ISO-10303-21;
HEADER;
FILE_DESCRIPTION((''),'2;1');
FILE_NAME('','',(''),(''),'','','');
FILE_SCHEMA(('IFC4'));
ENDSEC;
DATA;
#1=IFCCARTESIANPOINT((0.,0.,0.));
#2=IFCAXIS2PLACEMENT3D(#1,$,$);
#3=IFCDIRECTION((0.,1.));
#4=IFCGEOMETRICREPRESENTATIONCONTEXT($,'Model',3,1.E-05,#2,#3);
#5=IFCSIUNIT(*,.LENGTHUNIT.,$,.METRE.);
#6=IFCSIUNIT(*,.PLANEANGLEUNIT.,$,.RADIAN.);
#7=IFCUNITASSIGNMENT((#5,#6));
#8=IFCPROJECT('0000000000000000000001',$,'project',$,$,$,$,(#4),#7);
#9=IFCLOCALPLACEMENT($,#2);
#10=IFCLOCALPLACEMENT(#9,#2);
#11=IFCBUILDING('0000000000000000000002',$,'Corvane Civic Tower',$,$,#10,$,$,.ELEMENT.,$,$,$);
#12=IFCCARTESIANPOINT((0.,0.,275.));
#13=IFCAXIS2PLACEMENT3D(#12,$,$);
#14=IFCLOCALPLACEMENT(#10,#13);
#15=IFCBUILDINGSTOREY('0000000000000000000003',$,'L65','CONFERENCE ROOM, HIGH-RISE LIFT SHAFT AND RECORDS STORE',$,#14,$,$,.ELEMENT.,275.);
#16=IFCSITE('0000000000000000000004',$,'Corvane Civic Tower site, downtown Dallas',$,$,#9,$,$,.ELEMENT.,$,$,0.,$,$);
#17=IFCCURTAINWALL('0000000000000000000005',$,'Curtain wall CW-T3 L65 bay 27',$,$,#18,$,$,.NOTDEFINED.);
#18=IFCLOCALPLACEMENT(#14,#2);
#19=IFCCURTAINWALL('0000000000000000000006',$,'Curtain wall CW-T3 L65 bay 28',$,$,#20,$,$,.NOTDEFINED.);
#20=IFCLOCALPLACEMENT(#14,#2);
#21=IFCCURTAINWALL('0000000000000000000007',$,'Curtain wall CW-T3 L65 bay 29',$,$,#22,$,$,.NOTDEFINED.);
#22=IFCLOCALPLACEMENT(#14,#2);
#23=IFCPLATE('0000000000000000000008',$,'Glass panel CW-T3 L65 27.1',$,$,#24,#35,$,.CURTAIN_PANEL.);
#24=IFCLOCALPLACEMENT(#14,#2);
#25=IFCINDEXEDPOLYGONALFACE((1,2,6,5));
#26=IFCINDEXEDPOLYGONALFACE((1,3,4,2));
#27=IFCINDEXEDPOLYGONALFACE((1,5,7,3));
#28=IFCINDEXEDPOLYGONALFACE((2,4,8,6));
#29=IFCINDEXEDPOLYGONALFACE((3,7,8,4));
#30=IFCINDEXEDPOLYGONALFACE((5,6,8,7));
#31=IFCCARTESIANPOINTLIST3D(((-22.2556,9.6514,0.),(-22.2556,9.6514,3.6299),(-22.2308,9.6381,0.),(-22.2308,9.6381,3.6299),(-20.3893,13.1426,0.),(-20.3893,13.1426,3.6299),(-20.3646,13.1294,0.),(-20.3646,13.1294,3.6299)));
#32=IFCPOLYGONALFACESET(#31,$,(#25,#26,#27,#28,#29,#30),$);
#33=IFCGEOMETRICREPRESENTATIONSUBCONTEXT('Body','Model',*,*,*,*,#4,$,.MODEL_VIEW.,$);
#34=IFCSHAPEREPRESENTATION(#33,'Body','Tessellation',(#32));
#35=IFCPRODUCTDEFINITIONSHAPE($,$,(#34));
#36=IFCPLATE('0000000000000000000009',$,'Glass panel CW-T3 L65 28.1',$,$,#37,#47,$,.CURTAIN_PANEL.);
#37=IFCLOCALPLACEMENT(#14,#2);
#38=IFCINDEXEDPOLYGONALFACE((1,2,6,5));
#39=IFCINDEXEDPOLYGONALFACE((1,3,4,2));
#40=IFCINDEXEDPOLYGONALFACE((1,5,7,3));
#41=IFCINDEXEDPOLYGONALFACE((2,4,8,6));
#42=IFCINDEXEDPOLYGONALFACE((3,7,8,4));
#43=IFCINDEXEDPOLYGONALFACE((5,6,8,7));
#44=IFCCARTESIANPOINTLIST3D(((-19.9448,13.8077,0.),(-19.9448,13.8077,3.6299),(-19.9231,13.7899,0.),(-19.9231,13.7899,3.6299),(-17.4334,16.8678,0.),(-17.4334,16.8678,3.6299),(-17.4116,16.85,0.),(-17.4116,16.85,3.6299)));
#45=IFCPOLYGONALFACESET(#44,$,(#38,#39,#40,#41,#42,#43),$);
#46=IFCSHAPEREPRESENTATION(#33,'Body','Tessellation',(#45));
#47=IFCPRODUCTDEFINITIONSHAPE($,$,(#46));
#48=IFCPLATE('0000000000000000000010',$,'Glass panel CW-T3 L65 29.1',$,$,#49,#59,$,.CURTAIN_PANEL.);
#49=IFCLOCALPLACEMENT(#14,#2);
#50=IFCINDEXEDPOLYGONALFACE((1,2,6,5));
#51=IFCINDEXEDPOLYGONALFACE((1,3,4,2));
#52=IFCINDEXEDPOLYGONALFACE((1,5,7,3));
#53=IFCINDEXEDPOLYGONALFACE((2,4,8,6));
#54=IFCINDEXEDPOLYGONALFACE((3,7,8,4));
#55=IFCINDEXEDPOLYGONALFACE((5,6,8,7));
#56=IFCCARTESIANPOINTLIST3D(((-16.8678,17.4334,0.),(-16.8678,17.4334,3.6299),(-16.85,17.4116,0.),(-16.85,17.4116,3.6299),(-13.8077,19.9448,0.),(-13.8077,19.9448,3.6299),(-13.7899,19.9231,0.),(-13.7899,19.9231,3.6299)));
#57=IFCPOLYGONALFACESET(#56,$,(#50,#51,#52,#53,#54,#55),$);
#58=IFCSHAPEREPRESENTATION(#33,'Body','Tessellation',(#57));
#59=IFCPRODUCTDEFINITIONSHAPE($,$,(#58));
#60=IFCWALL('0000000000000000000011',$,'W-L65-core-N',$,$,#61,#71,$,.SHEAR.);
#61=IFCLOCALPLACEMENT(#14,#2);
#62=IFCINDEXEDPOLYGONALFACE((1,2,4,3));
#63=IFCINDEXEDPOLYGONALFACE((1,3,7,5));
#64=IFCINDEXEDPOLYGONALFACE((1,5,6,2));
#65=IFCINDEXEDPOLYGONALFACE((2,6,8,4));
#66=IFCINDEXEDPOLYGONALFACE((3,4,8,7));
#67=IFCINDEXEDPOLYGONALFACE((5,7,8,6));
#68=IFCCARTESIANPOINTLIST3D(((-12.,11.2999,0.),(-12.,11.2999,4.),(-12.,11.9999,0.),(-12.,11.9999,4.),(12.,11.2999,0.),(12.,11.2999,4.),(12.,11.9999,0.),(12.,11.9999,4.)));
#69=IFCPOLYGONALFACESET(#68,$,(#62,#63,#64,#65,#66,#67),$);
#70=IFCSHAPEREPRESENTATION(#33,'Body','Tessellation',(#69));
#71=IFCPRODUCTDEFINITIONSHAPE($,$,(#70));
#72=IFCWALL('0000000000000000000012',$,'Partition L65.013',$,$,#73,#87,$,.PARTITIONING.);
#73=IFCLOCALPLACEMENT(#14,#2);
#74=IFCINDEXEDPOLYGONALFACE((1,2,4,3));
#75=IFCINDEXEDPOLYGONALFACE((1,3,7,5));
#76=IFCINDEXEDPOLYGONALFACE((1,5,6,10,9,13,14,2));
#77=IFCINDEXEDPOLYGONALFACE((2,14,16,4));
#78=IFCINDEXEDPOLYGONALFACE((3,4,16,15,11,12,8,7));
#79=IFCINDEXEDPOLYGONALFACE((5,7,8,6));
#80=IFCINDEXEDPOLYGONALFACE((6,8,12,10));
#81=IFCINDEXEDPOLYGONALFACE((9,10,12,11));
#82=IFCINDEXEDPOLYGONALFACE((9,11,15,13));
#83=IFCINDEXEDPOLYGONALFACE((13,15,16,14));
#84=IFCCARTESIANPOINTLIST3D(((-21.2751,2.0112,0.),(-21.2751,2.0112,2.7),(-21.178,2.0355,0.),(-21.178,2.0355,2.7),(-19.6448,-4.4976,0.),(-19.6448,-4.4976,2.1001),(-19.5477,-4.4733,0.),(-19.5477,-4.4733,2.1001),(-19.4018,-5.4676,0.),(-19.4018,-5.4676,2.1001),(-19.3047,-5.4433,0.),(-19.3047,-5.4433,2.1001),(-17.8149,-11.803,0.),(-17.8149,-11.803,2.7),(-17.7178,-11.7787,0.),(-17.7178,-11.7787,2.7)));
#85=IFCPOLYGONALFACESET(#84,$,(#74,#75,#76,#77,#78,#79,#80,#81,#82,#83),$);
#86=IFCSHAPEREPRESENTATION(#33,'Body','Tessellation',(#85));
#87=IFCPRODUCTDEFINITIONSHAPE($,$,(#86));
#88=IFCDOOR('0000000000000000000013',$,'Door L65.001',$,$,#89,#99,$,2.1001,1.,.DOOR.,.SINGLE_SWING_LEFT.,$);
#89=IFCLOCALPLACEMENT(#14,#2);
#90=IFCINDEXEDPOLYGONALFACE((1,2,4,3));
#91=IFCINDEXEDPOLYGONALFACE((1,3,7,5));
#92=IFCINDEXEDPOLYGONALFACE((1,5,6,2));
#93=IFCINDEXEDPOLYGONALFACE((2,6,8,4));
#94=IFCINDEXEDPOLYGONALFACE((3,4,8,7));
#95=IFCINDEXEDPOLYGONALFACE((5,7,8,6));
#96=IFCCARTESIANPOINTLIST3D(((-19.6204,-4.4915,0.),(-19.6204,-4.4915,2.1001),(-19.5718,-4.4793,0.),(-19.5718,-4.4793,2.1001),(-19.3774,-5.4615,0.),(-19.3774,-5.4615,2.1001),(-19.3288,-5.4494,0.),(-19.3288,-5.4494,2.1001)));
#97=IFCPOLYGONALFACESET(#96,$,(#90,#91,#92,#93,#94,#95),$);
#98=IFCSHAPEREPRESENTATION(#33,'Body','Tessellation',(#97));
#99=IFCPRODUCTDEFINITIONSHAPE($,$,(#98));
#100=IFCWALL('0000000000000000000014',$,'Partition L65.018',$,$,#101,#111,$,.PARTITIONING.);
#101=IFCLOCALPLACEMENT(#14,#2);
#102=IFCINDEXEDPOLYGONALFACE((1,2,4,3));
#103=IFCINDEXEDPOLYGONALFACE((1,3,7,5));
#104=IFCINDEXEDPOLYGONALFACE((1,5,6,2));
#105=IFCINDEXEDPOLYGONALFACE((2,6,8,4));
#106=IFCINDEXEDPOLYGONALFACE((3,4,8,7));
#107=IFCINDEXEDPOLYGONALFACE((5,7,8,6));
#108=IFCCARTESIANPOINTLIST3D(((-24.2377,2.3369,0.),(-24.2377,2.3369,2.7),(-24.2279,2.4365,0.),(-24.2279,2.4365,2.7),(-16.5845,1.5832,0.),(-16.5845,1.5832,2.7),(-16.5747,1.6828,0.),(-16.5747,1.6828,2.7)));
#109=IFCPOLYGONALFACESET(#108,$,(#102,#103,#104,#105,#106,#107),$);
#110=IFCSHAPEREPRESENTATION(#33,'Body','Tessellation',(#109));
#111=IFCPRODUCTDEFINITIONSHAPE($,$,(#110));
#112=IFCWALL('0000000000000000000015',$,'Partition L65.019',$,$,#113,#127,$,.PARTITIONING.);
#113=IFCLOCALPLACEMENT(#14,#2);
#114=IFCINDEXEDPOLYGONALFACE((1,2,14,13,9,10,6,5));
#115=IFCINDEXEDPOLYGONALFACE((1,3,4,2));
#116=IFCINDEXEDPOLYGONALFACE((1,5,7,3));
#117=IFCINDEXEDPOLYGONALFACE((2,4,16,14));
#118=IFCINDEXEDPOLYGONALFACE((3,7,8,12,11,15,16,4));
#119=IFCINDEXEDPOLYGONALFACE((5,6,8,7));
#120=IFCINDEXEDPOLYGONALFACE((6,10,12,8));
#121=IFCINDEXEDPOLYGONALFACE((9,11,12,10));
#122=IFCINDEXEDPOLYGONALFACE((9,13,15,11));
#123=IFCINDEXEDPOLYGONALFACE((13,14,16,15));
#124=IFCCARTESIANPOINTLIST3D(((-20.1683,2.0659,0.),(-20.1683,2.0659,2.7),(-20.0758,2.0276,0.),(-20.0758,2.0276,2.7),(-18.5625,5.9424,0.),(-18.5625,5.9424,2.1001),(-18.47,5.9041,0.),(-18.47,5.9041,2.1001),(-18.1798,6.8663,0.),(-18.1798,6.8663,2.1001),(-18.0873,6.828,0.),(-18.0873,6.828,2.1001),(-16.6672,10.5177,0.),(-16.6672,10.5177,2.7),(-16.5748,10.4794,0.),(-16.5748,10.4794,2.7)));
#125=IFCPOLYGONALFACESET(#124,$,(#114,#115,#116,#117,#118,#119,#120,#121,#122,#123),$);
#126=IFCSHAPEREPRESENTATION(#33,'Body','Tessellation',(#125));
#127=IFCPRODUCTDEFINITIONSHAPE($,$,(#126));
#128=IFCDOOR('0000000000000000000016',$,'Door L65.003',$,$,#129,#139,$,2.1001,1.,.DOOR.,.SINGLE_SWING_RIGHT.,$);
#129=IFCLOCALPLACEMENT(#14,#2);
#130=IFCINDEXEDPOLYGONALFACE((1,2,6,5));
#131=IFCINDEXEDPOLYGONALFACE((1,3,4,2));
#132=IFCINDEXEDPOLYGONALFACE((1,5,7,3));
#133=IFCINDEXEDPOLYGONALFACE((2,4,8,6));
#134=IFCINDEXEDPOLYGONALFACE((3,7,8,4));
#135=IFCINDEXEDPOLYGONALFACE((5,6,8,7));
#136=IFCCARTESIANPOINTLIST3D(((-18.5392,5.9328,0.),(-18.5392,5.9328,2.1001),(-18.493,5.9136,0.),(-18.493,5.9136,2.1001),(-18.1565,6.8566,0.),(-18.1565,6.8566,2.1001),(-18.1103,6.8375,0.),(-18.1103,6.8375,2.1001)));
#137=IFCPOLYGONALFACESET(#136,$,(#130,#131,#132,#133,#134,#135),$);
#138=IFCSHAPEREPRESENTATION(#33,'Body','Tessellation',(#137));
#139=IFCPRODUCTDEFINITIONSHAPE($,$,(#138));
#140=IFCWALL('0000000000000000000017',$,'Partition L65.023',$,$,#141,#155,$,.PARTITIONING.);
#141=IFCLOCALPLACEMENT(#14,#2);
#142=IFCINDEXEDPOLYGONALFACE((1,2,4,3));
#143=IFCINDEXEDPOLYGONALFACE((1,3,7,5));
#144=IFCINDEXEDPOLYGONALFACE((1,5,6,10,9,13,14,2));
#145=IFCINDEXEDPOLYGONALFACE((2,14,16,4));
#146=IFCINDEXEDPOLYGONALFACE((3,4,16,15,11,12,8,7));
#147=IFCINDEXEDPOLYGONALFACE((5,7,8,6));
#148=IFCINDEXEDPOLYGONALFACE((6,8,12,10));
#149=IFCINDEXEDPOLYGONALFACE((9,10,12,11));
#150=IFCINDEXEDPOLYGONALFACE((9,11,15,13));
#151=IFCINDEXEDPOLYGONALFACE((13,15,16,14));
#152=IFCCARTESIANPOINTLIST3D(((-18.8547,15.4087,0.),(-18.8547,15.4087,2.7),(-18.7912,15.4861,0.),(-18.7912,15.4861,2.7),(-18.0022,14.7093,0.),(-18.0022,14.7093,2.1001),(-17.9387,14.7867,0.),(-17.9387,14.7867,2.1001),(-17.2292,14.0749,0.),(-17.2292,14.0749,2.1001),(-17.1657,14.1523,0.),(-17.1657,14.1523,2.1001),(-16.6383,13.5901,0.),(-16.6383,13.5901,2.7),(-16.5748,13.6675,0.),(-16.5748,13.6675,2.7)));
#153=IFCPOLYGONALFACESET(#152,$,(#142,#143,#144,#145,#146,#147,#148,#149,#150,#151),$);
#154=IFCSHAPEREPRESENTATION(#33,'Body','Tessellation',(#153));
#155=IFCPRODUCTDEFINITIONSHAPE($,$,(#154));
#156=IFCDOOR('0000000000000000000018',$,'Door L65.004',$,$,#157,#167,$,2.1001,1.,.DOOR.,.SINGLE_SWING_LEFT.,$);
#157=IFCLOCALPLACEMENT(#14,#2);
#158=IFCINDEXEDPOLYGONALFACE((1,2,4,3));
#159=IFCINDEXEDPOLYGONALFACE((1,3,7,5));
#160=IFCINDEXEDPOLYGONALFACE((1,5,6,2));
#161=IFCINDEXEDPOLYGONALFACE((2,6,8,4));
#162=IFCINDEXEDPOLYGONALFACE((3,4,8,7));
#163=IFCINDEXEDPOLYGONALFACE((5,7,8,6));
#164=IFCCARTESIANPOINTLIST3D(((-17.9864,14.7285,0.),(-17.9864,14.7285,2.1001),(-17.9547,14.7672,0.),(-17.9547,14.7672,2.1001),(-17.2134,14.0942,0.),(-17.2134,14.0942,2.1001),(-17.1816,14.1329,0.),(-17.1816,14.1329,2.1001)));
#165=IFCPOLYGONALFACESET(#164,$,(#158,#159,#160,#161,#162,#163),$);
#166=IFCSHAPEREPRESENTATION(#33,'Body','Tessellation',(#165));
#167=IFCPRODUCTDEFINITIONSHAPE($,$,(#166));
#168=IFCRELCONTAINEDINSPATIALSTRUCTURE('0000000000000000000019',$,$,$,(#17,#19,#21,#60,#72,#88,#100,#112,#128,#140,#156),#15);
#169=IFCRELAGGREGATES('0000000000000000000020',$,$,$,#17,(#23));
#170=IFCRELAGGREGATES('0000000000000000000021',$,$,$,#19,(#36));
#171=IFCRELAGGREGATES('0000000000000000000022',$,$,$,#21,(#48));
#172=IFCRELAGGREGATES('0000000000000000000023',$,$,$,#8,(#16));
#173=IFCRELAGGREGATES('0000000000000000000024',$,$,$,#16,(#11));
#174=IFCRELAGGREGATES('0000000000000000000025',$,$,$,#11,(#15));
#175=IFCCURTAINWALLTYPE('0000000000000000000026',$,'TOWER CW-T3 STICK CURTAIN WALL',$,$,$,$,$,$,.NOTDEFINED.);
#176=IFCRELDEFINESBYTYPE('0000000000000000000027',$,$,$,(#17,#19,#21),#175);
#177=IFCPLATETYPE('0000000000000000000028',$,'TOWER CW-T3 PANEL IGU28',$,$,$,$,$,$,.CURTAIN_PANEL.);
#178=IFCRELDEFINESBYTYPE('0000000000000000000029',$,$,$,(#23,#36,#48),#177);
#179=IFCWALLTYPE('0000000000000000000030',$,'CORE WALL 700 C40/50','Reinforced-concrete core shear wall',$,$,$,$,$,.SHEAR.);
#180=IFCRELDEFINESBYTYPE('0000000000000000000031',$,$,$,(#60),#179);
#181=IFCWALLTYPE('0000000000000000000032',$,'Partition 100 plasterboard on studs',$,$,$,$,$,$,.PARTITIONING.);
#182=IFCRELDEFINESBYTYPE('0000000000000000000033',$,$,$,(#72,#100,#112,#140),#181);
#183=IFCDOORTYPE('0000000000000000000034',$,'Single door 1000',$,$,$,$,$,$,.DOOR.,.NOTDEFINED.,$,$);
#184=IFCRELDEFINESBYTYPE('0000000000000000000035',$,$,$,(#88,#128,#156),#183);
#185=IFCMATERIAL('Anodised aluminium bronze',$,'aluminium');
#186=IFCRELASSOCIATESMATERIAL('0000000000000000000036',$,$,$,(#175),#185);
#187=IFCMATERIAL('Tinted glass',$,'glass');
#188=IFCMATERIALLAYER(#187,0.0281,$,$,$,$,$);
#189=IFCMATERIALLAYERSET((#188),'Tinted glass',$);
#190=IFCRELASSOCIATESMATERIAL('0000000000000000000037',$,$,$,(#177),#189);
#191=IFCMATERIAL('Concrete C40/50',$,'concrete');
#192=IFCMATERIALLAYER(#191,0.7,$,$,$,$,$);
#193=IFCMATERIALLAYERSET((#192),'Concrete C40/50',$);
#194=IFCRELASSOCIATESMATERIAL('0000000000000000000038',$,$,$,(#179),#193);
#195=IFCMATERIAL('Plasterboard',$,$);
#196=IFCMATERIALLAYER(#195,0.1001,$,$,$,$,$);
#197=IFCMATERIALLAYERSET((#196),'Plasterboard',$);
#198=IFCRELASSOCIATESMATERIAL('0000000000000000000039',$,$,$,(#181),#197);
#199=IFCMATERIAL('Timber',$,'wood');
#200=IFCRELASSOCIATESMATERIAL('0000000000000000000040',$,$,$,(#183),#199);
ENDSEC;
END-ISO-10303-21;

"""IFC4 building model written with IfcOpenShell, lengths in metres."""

from ifc_helpers import new_model, si_unit, direction, frame, frame_2d, origin, origin_2d, place, context, subcontext, project, spatial, rectangle, extrude, material, layer, layer_set, type_object, element, fill, aggregate, save


model = new_model("IFC4")

# Units and contexts
model_context = context("Model", 3, precision=1e-05, world=origin(), true_north=direction((0.0, 1.0)))
body_context = subcontext(model_context, "Body", "Model", "MODEL_VIEW")
ifc_project = project(units=[si_unit("LENGTHUNIT", "METRE"), si_unit("PLANEANGLEUNIT", "RADIAN")], contexts=[model_context])

# Site, building, storey
site_placement = place(None, origin())
site = spatial("IfcSite", under=ifc_project, at=site_placement, Name="Corvane Civic Tower site, downtown Dallas", CompositionType="ELEMENT", RefElevation=0.0)
building_placement = place(site_placement, origin())
building = spatial("IfcBuilding", under=site, at=building_placement, Name="Corvane Civic Tower", CompositionType="ELEMENT")
storey_placement = place(building_placement, frame((0.0, 0.0, 275.0)))
storey = spatial("IfcBuildingStorey", under=building, at=storey_placement, Name="L65", Description="CONFERENCE ROOM, HIGH-RISE LIFT SHAFT AND RECORDS STORE", CompositionType="ELEMENT", Elevation=275.0)

# Curtain walls
ifc_material_1 = material(Name="Anodised aluminium bronze", Category="aluminium")
curtain_wall_type = type_object("IfcCurtainWallType", Name="TOWER CW-T3 STICK CURTAIN WALL", PredefinedType="NOTDEFINED", material=ifc_material_1)
curtain_wall_1_placement = place(storey_placement, origin())
curtain_wall_1 = element("IfcCurtainWall", 1, at=curtain_wall_1_placement, inside=storey, type_object=curtain_wall_type, Name="Curtain wall CW-T3 L65 bay 27", PredefinedType="NOTDEFINED")
curtain_wall_2_placement = place(storey_placement, origin())
curtain_wall_2 = element("IfcCurtainWall", 2, at=curtain_wall_2_placement, inside=storey, type_object=curtain_wall_type, Name="Curtain wall CW-T3 L65 bay 28", PredefinedType="NOTDEFINED")
curtain_wall_3_placement = place(storey_placement, origin())
curtain_wall_3 = element("IfcCurtainWall", 3, at=curtain_wall_3_placement, inside=storey, type_object=curtain_wall_type, Name="Curtain wall CW-T3 L65 bay 29", PredefinedType="NOTDEFINED")

# Plates
ifc_material_2 = material(Name="Tinted glass", Category="glass")
ifc_layer_1 = layer(ifc_material_2, 0.0281)
ifc_layer_set_1 = layer_set([ifc_layer_1], Name="Tinted glass")
plate_type = type_object("IfcPlateType", Name="TOWER CW-T3 PANEL IGU28", PredefinedType="CURTAIN_PANEL", material=ifc_layer_set_1)
plate_1_placement = place(storey_placement, frame((-21.3101, 11.3904, 0.0), z_axis=(0.0, 0.0, 1.0), x_axis=(0.471421, 0.881908, 0.0)))
plate_1 = element("IfcPlate", 4, at=plate_1_placement, type_object=plate_type, Name="Glass panel CW-T3 L65 27.1", PredefinedType="CURTAIN_PANEL", context=body_context, shape_type="SweptSolid", body=[
    extrude(rectangle(XDim=3.9587, YDim=0.0281, at=origin_2d()), origin(), (0.0, 0.0, 1.0), 3.6299),
])
aggregate(curtain_wall_1, [plate_1])
plate_2_placement = place(storey_placement, frame((-18.6782, 15.3289, 0.0), z_axis=(0.0, 0.0, 1.0), x_axis=(0.634405, 0.773001, 0.0)))
plate_2 = element("IfcPlate", 5, at=plate_2_placement, type_object=plate_type, Name="Glass panel CW-T3 L65 28.1", PredefinedType="CURTAIN_PANEL", context=body_context, shape_type="SweptSolid", body=[
    extrude(rectangle(XDim=3.9587, YDim=0.0281, at=origin_2d()), origin(), (0.0, 0.0, 1.0), 3.6299),
])
aggregate(curtain_wall_2, [plate_2])
plate_3_placement = place(storey_placement, frame((-15.3289, 18.6782, 0.0), z_axis=(0.0, 0.0, 1.0), x_axis=(0.773001, 0.634405, 0.0)))
plate_3 = element("IfcPlate", 6, at=plate_3_placement, type_object=plate_type, Name="Glass panel CW-T3 L65 29.1", PredefinedType="CURTAIN_PANEL", context=body_context, shape_type="SweptSolid", body=[
    extrude(rectangle(XDim=3.9587, YDim=0.0281, at=origin_2d()), origin(), (0.0, 0.0, 1.0), 3.6299),
])
aggregate(curtain_wall_3, [plate_3])

# Wall
ifc_material_3 = material(Name="Concrete C40/50", Category="concrete")
ifc_layer_2 = layer(ifc_material_3, 0.7)
ifc_layer_set_2 = layer_set([ifc_layer_2], Name="Concrete C40/50")
wall_type_1 = type_object("IfcWallType", Name="CORE WALL 700 C40/50", Description="Reinforced-concrete core shear wall", PredefinedType="SHEAR", material=ifc_layer_set_2)
wall_1_placement = place(storey_placement, frame((-12.0, 11.6499, 0.0), z_axis=(0.0, 0.0, 1.0), x_axis=(1.0, 0.0, 0.0)))
element("IfcWall", 7, at=wall_1_placement, inside=storey, type_object=wall_type_1, Name="W-L65-core-N", PredefinedType="SHEAR", context=body_context, shape_type="SweptSolid", body=[
    extrude(rectangle(XDim=24.0, YDim=0.7, at=frame_2d((12.0, 0.0))), origin(), (0.0, 0.0, 1.0), 4.0),
])

# Wall, opening, door
ifc_material_4 = material(Name="Plasterboard")
ifc_layer_3 = layer(ifc_material_4, 0.1001)
ifc_layer_set_3 = layer_set([ifc_layer_3], Name="Plasterboard")
wall_type_2 = type_object("IfcWallType", Name="Partition 100 plasterboard on studs", PredefinedType="PARTITIONING", material=ifc_layer_set_3)
wall_2_placement = place(storey_placement, frame((-21.2266, 2.0234, 0.0), z_axis=(0.0, 0.0, 1.0), x_axis=(0.242975, -0.970032, 0.0)))
wall_2 = element("IfcWall", 8, at=wall_2_placement, inside=storey, type_object=wall_type_2, Name="Partition L65.013", PredefinedType="PARTITIONING", context=body_context, shape_type="SweptSolid", body=[
    extrude(rectangle(XDim=14.241, YDim=0.1001, at=frame_2d((7.1206, 0.0))), origin(), (0.0, 0.0, 1.0), 2.7),
])
opening_1_placement = place(wall_2_placement, frame((6.71, 0.0, 0.0)))
opening_1 = element("IfcOpeningElement", 9, at=opening_1_placement, cuts=wall_2, PredefinedType="OPENING", context=body_context, shape_type="SweptSolid", body=[
    extrude(rectangle(XDim=1.0, YDim=2.1001, at=frame_2d((0.5, 1.05))), frame((0.0, 0.0601, 0.0), z_axis=(0.0, -1.0, 0.0), x_axis=(1.0, 0.0, 0.0)), (0.0, 0.0, 1.0), 0.1201),
])
ifc_material_5 = material(Name="Timber", Category="wood")
door_type_1 = type_object("IfcDoorType", Name="Single door 1000", OperationType="NOTDEFINED", PredefinedType="DOOR", material=ifc_material_5)
door_1_placement = place(opening_1_placement, frame((1.0, 0.0, 0.0), z_axis=(0.0, 0.0, 1.0), x_axis=(-1.0, 0.0, 0.0)))
door_1 = element("IfcDoor", 10, at=door_1_placement, inside=storey, type_object=door_type_1, Name="Door L65.001", OperationType="SINGLE_SWING_LEFT", OverallHeight=2.1001, OverallWidth=1.0, PredefinedType="DOOR", context=body_context, shape_type="SweptSolid", body=[
    extrude(rectangle(XDim=1.0, YDim=2.1001, at=frame_2d((0.5, 1.05))), frame((0.0, 0.0249, 0.0), z_axis=(0.0, -1.0, 0.0), x_axis=(1.0, 0.0, 0.0)), (0.0, 0.0, 1.0), 0.05),
])
fill(opening_1, door_1)

# Wall
wall_3_placement = place(storey_placement, frame((-24.2329, 2.3867, 0.0), z_axis=(0.0, 0.0, 1.0), x_axis=(0.995186, -0.098004, 0.0)))
element("IfcWall", 11, at=wall_3_placement, inside=storey, type_object=wall_type_2, Name="Partition L65.018", PredefinedType="PARTITIONING", context=body_context, shape_type="SweptSolid", body=[
    extrude(rectangle(XDim=7.6902, YDim=0.1001, at=frame_2d((3.8452, 0.0))), origin(), (0.0, 0.0, 1.0), 2.7),
])

# Walls, openings, doors
wall_4_placement = place(storey_placement, frame((-20.1221, 2.0466, 0.0), z_axis=(0.0, 0.0, 1.0), x_axis=(0.382701, 0.923872, 0.0)))
wall_4 = element("IfcWall", 12, at=wall_4_placement, inside=storey, type_object=wall_type_2, Name="Partition L65.019", PredefinedType="PARTITIONING", context=body_context, shape_type="SweptSolid", body=[
    extrude(rectangle(XDim=9.1482, YDim=0.1001, at=frame_2d((4.5742, 0.0))), origin(), (0.0, 0.0, 1.0), 2.7),
])
opening_2_placement = place(wall_4_placement, frame((4.196, 0.0, 0.0)))
opening_2 = element("IfcOpeningElement", 13, at=opening_2_placement, cuts=wall_4, PredefinedType="OPENING", context=body_context, shape_type="SweptSolid", body=[
    extrude(rectangle(XDim=1.0, YDim=2.1001, at=frame_2d((0.5, 1.05))), frame((0.0, 0.0601, 0.0), z_axis=(0.0, -1.0, 0.0), x_axis=(1.0, 0.0, 0.0)), (0.0, 0.0, 1.0), 0.1201),
])
door_2_placement = place(opening_2_placement, origin())
door_2 = element("IfcDoor", 14, at=door_2_placement, inside=storey, type_object=door_type_1, Name="Door L65.003", OperationType="SINGLE_SWING_RIGHT", OverallHeight=2.1001, OverallWidth=1.0, PredefinedType="DOOR", context=body_context, shape_type="SweptSolid", body=[
    extrude(rectangle(XDim=1.0, YDim=2.1001, at=frame_2d((0.5, 1.05))), frame((0.0, 0.0249, 0.0), z_axis=(0.0, -1.0, 0.0), x_axis=(1.0, 0.0, 0.0)), (0.0, 0.0, 1.0), 0.05),
])
fill(opening_2, door_2)
wall_5_placement = place(storey_placement, frame((-18.823, 15.4475, 0.0), z_axis=(0.0, 0.0, 1.0), x_axis=(0.773057, -0.634336, 0.0)))
wall_5 = element("IfcWall", 15, at=wall_5_placement, inside=storey, type_object=wall_type_2, Name="Partition L65.023", PredefinedType="PARTITIONING", context=body_context, shape_type="SweptSolid", body=[
    extrude(rectangle(XDim=2.8669, YDim=0.1001, at=frame_2d((1.4336, 0.0))), origin(), (0.0, 0.0, 1.0), 2.7),
])
opening_3_placement = place(wall_5_placement, frame((1.1028, 0.0, 0.0)))
opening_3 = element("IfcOpeningElement", 16, at=opening_3_placement, cuts=wall_5, PredefinedType="OPENING", context=body_context, shape_type="SweptSolid", body=[
    extrude(rectangle(XDim=1.0, YDim=2.1001, at=frame_2d((0.5, 1.05))), frame((0.0, 0.0601, 0.0), z_axis=(0.0, -1.0, 0.0), x_axis=(1.0, 0.0, 0.0)), (0.0, 0.0, 1.0), 0.1201),
])
door_3_placement = place(opening_3_placement, origin())
door_3 = element("IfcDoor", 17, at=door_3_placement, inside=storey, type_object=door_type_1, Name="Door L65.004", OperationType="SINGLE_SWING_LEFT", OverallHeight=2.1001, OverallWidth=1.0, PredefinedType="DOOR", context=body_context, shape_type="SweptSolid", body=[
    extrude(rectangle(XDim=1.0, YDim=2.1001, at=frame_2d((0.5, 1.05))), frame((0.0, 0.0249, 0.0), z_axis=(0.0, -1.0, 0.0), x_axis=(1.0, 0.0, 0.0)), (0.0, 0.0, 1.0), 0.05),
])
fill(opening_3, door_3)

save(model, "model.ifc")
